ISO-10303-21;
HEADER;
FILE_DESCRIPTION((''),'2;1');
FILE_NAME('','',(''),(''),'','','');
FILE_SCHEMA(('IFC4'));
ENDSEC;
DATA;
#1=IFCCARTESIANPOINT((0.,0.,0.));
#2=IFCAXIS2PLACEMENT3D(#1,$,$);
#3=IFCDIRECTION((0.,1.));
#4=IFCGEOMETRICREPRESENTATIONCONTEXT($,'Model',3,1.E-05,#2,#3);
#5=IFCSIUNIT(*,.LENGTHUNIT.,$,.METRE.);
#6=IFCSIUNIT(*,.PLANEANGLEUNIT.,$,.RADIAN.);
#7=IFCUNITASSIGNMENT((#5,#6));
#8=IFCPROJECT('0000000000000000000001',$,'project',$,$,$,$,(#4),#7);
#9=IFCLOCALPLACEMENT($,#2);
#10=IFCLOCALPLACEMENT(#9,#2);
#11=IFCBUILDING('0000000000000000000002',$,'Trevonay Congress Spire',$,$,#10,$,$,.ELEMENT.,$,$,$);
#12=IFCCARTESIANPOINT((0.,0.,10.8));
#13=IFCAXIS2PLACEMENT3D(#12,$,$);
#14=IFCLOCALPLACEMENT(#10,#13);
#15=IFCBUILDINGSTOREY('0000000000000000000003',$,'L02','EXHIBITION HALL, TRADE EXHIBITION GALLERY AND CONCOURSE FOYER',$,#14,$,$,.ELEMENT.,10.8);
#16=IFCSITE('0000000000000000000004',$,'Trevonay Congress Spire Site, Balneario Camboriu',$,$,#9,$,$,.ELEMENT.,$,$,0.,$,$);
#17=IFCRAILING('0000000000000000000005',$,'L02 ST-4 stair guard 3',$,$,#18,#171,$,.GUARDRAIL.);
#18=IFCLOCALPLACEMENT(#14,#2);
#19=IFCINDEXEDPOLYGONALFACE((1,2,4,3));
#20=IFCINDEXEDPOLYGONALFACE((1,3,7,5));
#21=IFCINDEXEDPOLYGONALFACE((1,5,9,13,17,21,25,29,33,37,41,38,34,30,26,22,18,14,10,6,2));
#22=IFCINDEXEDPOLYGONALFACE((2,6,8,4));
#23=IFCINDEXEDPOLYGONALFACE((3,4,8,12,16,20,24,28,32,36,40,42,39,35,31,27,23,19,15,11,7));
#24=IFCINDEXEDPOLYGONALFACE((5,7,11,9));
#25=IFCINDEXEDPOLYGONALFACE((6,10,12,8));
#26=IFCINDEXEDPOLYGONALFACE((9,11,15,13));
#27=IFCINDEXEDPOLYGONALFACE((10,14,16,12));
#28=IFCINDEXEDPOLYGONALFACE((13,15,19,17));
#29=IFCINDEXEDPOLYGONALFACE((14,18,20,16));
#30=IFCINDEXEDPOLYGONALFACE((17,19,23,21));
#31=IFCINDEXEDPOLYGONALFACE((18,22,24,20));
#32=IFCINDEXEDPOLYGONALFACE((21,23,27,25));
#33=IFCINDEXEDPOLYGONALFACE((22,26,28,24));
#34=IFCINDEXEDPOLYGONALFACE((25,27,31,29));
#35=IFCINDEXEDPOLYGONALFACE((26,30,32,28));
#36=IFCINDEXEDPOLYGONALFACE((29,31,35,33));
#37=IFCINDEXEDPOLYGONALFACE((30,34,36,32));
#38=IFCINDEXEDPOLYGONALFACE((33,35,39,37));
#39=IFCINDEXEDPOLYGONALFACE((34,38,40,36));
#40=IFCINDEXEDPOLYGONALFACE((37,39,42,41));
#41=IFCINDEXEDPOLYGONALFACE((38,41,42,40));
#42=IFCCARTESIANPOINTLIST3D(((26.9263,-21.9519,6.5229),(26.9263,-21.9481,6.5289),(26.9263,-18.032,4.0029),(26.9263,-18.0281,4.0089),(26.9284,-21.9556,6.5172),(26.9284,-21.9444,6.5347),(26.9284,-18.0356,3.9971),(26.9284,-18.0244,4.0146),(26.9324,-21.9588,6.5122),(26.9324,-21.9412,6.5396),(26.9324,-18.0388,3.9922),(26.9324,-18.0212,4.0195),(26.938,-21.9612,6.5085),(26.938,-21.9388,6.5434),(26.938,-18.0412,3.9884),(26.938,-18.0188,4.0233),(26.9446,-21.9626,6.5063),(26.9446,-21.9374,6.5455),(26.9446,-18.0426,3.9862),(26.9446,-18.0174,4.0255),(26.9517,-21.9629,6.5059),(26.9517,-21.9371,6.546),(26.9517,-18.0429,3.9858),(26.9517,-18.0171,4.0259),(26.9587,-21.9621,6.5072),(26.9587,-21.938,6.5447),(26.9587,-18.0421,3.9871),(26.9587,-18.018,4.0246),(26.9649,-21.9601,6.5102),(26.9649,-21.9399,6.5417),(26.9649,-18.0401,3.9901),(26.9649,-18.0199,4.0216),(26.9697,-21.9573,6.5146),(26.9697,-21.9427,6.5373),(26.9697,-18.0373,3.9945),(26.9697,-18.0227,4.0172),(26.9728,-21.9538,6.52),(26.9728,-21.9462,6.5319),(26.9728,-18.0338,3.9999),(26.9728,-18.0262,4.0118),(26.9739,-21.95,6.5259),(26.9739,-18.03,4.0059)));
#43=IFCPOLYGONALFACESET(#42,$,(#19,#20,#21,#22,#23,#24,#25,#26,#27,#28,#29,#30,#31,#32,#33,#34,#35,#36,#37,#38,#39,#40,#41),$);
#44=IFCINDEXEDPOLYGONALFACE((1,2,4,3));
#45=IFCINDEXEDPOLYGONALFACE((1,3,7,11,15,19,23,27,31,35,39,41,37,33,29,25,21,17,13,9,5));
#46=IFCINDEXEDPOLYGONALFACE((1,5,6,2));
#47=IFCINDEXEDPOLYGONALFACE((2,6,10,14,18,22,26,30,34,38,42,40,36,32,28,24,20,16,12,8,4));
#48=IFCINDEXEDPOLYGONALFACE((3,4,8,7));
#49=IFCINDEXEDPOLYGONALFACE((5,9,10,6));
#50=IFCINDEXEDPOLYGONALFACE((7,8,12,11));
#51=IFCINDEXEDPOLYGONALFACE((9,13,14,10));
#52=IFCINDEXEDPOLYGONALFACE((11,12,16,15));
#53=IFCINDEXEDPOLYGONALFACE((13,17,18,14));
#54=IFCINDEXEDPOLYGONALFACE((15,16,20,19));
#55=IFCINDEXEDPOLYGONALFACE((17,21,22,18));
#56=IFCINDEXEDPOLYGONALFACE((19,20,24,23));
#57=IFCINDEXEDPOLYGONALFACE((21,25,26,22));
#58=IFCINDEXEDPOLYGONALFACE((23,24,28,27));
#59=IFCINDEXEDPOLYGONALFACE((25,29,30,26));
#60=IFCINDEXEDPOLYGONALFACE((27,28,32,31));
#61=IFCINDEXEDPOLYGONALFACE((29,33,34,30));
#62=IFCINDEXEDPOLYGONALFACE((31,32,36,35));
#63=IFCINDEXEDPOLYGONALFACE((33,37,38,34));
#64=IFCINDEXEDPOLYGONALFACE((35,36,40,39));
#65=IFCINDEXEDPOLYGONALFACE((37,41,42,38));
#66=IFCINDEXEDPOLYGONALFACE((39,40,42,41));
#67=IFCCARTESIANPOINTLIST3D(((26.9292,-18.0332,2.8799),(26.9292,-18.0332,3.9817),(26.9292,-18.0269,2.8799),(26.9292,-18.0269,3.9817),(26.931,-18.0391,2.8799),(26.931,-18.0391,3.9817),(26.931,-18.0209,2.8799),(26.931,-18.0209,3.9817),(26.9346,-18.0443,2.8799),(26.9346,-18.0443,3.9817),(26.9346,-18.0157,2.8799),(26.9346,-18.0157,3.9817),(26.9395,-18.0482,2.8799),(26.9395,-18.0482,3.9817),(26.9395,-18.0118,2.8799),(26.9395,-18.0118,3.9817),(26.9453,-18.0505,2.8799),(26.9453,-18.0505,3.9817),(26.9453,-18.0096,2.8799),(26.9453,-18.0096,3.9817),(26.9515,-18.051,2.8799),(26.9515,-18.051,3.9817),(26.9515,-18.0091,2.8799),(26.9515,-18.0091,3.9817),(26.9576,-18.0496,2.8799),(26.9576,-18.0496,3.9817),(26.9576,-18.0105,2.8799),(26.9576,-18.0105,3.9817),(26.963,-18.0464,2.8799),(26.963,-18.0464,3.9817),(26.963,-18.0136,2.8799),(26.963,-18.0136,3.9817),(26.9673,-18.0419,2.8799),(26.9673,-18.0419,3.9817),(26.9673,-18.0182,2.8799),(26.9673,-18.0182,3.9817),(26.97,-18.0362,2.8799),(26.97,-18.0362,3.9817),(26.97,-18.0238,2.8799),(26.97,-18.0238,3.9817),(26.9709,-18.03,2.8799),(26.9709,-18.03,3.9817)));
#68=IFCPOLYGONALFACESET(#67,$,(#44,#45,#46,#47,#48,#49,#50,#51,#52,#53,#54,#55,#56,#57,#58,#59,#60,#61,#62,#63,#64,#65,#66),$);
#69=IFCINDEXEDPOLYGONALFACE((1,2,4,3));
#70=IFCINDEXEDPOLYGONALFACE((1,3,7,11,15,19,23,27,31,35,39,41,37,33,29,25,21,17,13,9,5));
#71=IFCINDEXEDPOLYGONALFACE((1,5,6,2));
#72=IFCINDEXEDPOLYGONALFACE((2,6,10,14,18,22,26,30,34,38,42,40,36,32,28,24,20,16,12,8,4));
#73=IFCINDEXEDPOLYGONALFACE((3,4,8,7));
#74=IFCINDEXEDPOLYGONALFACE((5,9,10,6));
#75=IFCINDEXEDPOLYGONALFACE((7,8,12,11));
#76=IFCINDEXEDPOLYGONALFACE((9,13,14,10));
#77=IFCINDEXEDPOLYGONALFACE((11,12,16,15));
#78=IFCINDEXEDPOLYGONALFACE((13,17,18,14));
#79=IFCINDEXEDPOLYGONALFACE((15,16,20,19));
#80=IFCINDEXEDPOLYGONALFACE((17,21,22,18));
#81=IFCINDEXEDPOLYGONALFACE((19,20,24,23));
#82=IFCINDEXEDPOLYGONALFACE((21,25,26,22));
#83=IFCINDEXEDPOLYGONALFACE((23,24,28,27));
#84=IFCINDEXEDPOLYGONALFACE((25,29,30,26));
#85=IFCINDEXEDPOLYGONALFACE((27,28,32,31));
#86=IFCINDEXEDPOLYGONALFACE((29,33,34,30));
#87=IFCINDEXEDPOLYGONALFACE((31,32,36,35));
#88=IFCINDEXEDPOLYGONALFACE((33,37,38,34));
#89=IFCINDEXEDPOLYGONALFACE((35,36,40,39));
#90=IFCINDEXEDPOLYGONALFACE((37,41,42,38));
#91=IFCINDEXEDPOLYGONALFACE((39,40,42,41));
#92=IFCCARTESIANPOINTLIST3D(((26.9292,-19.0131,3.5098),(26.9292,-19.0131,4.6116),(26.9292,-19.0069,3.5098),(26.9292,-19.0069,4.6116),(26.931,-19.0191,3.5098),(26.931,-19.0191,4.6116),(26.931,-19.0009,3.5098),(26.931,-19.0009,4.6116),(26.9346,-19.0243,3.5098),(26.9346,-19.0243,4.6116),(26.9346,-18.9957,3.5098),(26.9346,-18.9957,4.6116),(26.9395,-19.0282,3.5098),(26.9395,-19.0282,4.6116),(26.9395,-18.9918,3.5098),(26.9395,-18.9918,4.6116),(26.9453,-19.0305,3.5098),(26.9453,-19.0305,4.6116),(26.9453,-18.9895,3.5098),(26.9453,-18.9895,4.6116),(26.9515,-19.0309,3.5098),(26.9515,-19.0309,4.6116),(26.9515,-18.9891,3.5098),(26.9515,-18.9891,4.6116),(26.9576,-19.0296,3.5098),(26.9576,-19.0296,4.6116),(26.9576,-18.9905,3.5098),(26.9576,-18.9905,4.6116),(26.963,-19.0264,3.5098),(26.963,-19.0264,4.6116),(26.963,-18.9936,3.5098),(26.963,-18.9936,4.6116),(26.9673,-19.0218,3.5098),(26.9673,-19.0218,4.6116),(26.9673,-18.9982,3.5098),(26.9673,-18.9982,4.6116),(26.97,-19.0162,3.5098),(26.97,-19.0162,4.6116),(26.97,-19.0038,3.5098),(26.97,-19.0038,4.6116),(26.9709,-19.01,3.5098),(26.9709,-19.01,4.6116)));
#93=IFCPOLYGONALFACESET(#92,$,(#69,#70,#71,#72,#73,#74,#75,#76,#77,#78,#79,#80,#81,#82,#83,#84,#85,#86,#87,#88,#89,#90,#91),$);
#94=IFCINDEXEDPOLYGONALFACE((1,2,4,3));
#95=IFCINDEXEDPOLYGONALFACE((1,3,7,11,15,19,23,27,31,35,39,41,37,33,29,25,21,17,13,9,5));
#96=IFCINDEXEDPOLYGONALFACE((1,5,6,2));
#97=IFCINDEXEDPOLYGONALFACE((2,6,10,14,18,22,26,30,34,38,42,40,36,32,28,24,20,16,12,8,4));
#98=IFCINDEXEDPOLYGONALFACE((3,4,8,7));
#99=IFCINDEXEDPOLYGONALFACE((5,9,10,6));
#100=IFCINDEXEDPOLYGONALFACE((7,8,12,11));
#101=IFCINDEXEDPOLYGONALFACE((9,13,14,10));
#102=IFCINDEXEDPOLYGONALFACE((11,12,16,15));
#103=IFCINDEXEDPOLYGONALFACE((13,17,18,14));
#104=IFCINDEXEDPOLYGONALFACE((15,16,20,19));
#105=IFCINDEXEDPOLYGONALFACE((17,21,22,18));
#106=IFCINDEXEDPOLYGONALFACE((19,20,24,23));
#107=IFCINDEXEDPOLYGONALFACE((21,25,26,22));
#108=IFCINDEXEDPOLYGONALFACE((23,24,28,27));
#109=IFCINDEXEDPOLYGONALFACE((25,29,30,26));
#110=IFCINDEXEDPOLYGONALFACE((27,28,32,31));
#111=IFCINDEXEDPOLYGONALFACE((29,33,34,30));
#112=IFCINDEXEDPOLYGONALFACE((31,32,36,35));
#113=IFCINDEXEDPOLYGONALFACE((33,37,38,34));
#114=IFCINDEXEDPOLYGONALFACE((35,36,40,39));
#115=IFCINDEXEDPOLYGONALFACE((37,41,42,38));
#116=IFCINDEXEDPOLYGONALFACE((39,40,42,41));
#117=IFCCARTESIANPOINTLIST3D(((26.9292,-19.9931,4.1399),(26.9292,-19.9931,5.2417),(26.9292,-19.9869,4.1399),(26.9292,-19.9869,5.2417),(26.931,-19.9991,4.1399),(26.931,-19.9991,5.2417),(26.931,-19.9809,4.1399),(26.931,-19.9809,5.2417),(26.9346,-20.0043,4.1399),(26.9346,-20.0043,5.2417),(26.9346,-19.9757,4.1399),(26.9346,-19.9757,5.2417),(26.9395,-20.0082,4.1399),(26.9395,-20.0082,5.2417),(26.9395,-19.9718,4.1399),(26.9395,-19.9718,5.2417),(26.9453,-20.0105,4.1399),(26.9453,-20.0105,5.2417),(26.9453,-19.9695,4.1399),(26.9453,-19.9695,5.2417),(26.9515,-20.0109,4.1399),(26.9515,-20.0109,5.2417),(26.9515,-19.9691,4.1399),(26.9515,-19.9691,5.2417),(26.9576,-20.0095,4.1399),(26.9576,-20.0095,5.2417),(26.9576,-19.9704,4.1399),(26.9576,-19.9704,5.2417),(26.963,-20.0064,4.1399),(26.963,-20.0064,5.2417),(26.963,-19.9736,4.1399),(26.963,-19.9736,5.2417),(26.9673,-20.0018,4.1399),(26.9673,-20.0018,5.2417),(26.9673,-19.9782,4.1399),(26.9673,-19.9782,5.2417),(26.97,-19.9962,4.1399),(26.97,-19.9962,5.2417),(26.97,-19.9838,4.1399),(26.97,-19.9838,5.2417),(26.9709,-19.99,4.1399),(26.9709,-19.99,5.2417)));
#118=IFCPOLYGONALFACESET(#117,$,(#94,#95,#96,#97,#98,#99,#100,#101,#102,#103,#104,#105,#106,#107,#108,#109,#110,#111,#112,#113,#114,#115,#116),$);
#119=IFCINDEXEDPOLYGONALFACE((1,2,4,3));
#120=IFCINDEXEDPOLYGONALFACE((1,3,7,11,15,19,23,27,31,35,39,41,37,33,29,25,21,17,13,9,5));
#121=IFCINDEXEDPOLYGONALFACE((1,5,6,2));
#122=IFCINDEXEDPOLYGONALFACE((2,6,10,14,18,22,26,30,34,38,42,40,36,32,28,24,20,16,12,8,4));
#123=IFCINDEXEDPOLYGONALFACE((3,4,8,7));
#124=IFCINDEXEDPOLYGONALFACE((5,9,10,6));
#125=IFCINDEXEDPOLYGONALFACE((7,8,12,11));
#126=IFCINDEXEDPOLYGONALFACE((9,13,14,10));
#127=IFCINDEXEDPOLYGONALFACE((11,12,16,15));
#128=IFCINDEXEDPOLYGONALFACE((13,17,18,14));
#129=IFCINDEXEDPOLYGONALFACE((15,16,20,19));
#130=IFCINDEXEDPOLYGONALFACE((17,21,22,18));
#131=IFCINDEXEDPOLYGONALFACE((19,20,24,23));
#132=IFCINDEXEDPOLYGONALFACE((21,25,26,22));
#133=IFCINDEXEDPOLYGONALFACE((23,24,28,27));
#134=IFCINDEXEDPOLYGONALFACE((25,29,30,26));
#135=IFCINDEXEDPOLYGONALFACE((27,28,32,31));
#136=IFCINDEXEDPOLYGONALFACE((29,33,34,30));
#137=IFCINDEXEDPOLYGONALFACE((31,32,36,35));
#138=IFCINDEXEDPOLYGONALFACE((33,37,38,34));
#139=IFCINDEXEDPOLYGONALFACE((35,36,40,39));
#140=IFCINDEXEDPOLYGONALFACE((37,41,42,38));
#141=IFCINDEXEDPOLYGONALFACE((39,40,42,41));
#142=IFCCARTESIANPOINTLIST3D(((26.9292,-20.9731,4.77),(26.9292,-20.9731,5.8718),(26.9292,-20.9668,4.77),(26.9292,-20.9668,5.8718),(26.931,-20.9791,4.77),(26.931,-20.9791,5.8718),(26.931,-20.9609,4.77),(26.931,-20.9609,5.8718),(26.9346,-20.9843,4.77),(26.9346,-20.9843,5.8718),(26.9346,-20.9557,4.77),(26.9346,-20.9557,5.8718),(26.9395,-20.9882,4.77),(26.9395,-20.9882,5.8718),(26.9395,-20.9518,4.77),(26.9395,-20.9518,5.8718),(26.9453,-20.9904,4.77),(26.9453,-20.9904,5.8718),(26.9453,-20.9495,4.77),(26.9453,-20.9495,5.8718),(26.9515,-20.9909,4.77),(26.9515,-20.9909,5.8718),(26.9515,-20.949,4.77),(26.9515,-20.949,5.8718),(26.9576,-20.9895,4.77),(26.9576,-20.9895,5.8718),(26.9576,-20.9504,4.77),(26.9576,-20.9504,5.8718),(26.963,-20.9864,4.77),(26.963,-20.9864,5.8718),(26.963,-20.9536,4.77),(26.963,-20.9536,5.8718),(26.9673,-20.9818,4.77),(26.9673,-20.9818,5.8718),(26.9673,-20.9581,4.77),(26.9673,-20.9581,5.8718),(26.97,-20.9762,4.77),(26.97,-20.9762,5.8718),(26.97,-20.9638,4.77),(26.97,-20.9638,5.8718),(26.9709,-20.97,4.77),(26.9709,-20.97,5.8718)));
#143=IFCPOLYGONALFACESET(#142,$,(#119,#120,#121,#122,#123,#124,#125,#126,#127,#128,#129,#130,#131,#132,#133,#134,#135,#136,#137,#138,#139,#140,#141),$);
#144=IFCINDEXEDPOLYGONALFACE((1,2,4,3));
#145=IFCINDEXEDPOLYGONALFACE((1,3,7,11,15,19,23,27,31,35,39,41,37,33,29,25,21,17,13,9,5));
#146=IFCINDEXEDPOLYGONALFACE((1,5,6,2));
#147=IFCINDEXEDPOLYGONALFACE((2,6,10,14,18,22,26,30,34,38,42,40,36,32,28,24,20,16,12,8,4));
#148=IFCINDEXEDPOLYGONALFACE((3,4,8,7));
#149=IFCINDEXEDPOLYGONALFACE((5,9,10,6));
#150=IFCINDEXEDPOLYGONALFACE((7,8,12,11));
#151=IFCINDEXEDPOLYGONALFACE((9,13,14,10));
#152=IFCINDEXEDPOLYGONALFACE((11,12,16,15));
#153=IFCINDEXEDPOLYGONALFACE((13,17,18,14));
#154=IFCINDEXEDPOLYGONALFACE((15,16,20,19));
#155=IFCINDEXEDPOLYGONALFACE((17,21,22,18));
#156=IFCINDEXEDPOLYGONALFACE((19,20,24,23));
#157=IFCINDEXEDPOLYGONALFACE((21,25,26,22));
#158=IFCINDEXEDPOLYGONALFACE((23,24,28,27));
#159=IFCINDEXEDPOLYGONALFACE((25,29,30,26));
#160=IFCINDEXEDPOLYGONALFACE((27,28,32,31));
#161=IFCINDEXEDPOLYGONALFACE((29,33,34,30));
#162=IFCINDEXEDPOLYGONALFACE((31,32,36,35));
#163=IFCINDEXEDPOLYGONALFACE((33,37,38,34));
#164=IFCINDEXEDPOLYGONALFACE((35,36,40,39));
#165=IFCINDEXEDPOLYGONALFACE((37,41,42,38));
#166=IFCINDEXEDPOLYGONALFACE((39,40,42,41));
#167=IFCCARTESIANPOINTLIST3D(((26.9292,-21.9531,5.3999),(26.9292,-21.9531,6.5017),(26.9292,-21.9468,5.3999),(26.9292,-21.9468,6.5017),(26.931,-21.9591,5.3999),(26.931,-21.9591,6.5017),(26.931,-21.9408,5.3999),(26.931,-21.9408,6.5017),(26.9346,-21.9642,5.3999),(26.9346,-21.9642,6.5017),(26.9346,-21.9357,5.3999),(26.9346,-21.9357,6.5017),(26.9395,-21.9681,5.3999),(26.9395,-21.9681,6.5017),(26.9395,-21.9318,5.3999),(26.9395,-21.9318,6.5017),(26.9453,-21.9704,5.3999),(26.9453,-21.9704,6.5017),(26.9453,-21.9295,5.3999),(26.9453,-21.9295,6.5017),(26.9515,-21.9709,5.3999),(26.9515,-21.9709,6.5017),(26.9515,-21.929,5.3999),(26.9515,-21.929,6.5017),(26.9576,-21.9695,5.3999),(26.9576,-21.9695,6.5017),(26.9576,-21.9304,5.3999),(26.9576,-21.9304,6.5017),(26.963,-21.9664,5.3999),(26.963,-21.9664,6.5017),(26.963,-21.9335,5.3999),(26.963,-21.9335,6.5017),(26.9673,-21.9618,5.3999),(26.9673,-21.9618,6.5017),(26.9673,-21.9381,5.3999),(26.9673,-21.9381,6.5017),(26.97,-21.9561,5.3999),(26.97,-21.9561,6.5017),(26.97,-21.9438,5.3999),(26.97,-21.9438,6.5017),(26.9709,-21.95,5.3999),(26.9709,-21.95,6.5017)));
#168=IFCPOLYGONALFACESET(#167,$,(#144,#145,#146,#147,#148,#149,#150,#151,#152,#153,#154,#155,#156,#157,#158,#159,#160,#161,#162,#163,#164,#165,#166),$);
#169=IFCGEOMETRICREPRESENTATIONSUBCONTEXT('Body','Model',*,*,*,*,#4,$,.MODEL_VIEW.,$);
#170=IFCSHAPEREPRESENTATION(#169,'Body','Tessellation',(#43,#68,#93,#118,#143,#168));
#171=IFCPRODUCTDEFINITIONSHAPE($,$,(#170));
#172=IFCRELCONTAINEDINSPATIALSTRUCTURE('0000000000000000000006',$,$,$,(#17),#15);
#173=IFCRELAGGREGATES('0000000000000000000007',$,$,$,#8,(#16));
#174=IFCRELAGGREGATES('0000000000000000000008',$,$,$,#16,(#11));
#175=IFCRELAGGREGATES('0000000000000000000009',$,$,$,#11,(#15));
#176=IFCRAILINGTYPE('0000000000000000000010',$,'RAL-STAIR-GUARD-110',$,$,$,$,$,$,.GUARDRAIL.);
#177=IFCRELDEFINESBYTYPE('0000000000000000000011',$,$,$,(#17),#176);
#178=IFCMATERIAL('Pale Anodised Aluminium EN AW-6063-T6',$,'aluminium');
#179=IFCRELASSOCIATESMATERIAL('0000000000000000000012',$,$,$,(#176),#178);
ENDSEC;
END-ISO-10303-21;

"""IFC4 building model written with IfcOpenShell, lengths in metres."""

from ifc_helpers import new_model, si_unit, direction, frame, origin, origin_2d, place, context, subcontext, project, spatial, circle, extrude, material, type_object, element, save


model = new_model("IFC4")

# Units and contexts
model_context = context("Model", 3, precision=1e-05, world=origin(), true_north=direction((0.0, 1.0)))
body_context = subcontext(model_context, "Body", "Model", "MODEL_VIEW")
ifc_project = project(units=[si_unit("LENGTHUNIT", "METRE"), si_unit("PLANEANGLEUNIT", "RADIAN")], contexts=[model_context])

# Site, building, storey
site_placement = place(None, origin())
site = spatial("IfcSite", under=ifc_project, at=site_placement, Name="Trevonay Congress Spire Site, Balneario Camboriu", CompositionType="ELEMENT", RefElevation=0.0)
building_placement = place(site_placement, origin())
building = spatial("IfcBuilding", under=site, at=building_placement, Name="Trevonay Congress Spire", CompositionType="ELEMENT")
storey_placement = place(building_placement, frame((0.0, 0.0, 10.8)))
storey = spatial("IfcBuildingStorey", under=building, at=storey_placement, Name="L02", Description="EXHIBITION HALL, TRADE EXHIBITION GALLERY AND CONCOURSE FOYER", CompositionType="ELEMENT", Elevation=10.8)

# Shared definitions
ifc_material_1 = material(Name="Pale Anodised Aluminium EN AW-6063-T6", Category="aluminium")

# Railing
railing_type_1 = type_object("IfcRailingType", Name="RAL-STAIR-GUARD-110", PredefinedType="GUARDRAIL", material=ifc_material_1)
railing_1_placement = place(storey_placement, frame((26.95, -18.03, 2.8799)))
element("IfcRailing", 1, at=railing_1_placement, inside=storey, type_object=railing_type_1, Name="L02 ST-4 stair guard 3", PredefinedType="GUARDRAIL", context=body_context, shape_type="SweptSolid", body=[
    extrude(circle(Radius=0.0239, at=origin_2d()), frame((0.0, 0.0, 1.126), z_axis=(0.0, -0.841172, 0.540768), x_axis=(1.0, 0.0, 0.0)), (0.0, 0.0, 1.0), 4.6602),
    extrude(circle(Radius=0.021, at=origin_2d()), origin(), (0.0, 0.0, 1.0), 1.1018),
    extrude(circle(Radius=0.021, at=origin_2d()), frame((0.0, -0.98, 0.6299)), (0.0, 0.0, 1.0), 1.1018),
    extrude(circle(Radius=0.021, at=origin_2d()), frame((0.0, -1.96, 1.26)), (0.0, 0.0, 1.0), 1.1018),
    extrude(circle(Radius=0.021, at=origin_2d()), frame((0.0, -2.9399, 1.8901)), (0.0, 0.0, 1.0), 1.1018),
    extrude(circle(Radius=0.021, at=origin_2d()), frame((0.0, -3.9199, 2.52)), (0.0, 0.0, 1.0), 1.1018),
])

save(model, "model.ifc")
